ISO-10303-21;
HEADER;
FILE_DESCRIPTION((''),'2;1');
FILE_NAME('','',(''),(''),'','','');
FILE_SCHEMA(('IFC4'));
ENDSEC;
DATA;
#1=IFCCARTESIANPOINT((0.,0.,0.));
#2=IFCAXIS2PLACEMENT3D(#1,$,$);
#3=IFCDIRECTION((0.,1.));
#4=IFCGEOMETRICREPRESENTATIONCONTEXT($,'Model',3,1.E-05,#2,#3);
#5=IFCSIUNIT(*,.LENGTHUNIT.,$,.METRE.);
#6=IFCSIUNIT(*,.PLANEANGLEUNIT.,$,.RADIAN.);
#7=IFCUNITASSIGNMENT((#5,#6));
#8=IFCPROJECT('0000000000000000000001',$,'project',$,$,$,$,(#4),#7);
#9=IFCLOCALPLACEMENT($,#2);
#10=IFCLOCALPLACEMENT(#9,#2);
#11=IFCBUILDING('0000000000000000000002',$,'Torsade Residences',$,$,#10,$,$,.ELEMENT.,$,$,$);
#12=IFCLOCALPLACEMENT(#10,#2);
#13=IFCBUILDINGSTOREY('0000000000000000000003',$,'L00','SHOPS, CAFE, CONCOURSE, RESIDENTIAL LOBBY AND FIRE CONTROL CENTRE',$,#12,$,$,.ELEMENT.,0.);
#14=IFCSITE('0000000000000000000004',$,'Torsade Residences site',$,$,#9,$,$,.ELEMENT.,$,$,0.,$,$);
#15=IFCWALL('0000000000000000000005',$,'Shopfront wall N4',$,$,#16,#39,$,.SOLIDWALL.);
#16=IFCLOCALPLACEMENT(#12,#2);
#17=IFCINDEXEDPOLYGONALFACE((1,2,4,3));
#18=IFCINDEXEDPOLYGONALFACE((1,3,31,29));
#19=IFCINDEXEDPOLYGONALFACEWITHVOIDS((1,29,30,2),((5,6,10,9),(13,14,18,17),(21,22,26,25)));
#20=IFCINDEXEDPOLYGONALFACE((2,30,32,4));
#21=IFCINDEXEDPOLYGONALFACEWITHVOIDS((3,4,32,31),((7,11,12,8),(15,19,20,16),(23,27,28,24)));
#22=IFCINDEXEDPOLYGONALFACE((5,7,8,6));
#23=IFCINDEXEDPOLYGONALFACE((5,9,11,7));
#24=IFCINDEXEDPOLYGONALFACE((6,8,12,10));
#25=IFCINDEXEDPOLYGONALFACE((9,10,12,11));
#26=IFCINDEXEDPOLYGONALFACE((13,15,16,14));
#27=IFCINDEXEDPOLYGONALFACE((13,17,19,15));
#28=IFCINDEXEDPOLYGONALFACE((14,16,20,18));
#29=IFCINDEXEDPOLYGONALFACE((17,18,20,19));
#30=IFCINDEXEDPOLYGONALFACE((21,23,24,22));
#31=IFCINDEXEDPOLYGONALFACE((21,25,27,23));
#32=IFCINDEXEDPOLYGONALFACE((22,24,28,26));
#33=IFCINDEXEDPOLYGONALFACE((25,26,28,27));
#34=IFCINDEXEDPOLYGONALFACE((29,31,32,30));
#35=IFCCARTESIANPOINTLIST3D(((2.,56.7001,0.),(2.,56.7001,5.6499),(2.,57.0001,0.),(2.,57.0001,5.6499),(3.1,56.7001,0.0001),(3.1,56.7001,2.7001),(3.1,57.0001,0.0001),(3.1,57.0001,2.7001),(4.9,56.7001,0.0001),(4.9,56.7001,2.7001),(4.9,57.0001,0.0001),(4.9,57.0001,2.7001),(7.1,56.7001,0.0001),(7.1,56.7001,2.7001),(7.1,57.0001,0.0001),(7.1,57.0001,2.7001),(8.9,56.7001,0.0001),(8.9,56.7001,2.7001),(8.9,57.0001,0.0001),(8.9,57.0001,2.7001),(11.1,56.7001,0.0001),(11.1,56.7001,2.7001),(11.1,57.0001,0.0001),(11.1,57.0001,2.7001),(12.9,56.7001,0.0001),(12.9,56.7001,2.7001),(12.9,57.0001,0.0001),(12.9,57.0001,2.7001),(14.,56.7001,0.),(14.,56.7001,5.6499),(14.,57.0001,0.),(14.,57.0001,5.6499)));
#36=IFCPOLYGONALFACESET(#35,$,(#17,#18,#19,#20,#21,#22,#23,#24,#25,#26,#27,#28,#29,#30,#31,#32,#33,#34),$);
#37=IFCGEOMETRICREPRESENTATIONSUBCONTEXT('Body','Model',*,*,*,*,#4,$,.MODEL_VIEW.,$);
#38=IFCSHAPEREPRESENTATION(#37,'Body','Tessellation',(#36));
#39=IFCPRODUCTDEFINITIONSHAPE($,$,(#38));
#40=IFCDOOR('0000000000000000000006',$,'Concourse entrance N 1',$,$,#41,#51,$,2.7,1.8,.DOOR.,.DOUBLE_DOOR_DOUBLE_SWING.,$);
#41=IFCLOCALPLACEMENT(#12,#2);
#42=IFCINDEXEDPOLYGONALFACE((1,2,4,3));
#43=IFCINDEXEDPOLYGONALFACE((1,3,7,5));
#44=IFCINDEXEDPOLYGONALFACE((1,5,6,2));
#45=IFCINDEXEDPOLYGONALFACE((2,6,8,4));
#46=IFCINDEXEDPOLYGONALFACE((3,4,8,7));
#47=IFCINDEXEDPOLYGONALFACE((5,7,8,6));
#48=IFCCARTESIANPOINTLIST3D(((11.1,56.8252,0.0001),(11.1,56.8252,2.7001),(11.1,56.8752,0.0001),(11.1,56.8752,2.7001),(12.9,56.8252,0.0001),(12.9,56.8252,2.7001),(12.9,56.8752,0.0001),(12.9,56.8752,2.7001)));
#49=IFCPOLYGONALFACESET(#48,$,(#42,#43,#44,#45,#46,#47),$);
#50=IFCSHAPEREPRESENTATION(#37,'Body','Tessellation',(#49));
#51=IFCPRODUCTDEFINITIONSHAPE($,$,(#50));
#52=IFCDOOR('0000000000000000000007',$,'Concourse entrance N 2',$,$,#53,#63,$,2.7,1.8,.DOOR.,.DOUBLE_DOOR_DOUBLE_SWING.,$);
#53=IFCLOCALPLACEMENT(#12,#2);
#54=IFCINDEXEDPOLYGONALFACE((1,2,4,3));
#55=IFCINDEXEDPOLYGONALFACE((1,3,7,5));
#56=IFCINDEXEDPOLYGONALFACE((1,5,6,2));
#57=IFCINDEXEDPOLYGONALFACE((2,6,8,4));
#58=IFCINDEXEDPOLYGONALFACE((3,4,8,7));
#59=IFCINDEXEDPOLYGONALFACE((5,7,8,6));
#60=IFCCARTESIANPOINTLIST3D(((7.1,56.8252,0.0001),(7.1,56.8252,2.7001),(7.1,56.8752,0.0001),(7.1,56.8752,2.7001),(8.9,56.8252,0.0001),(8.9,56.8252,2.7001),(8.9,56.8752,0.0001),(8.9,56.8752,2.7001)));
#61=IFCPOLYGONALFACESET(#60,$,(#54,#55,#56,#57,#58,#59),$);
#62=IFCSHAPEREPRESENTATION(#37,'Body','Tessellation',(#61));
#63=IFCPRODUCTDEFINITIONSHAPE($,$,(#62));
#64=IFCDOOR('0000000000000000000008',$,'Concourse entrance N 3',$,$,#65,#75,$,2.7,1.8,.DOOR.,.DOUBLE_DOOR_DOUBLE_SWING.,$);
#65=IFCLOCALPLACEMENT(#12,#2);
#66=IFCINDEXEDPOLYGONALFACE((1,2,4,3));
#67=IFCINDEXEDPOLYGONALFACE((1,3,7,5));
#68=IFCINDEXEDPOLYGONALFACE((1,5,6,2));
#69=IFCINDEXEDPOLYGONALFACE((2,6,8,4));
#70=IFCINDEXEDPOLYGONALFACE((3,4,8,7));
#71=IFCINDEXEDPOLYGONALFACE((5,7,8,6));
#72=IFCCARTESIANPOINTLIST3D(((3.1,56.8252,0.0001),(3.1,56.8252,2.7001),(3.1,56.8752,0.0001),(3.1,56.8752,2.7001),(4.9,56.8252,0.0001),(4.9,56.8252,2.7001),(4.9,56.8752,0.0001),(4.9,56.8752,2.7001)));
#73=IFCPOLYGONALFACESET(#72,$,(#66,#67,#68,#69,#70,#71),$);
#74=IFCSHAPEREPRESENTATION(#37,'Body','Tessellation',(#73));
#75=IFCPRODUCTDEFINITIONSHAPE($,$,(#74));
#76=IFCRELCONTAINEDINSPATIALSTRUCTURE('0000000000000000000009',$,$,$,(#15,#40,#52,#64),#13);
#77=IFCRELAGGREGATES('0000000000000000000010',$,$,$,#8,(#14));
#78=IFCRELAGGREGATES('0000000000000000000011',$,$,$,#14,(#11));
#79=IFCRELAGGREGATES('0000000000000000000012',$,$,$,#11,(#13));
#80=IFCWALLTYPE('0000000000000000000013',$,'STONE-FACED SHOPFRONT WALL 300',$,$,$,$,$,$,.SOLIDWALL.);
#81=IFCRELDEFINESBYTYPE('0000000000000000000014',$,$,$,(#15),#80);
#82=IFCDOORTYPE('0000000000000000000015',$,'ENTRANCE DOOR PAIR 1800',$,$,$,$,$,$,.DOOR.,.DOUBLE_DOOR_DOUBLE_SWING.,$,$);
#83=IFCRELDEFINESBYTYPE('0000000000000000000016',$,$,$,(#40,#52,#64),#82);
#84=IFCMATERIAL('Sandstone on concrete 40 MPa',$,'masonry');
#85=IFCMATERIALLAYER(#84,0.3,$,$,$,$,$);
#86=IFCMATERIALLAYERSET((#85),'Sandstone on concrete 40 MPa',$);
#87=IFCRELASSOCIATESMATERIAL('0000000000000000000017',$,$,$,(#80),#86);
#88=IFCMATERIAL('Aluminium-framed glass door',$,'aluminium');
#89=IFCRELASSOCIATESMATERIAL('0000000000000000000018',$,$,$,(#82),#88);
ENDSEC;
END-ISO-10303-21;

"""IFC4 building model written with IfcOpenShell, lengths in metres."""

from ifc_helpers import new_model, si_unit, direction, frame, frame_2d, origin, place, context, subcontext, project, spatial, rectangle, extrude, material, layer, layer_set, type_object, element, fill, save


model = new_model("IFC4")

# Units and contexts
model_context = context("Model", 3, precision=1e-05, world=origin(), true_north=direction((0.0, 1.0)))
body_context = subcontext(model_context, "Body", "Model", "MODEL_VIEW")
ifc_project = project(units=[si_unit("LENGTHUNIT", "METRE"), si_unit("PLANEANGLEUNIT", "RADIAN")], contexts=[model_context])

# Site, building, storey
site_placement = place(None, origin())
site = spatial("IfcSite", under=ifc_project, at=site_placement, Name="Torsade Residences site", CompositionType="ELEMENT", RefElevation=0.0)
building_placement = place(site_placement, origin())
building = spatial("IfcBuilding", under=site, at=building_placement, Name="Torsade Residences", CompositionType="ELEMENT")
storey_placement = place(building_placement, origin())
storey = spatial("IfcBuildingStorey", under=building, at=storey_placement, Name="L00", Description="SHOPS, CAFE, CONCOURSE, RESIDENTIAL LOBBY AND FIRE CONTROL CENTRE", CompositionType="ELEMENT", Elevation=0.0)

# Wall, openings, doors
ifc_material_1 = material(Name="Sandstone on concrete 40 MPa", Category="masonry")
ifc_layer_1 = layer(ifc_material_1, 0.3)
ifc_layer_set_1 = layer_set([ifc_layer_1], Name="Sandstone on concrete 40 MPa")
wall_type_1 = type_object("IfcWallType", Name="STONE-FACED SHOPFRONT WALL 300", PredefinedType="SOLIDWALL", material=ifc_layer_set_1)
wall_1_placement = place(storey_placement, frame((14.0, 56.8501, 0.0), z_axis=(0.0, 0.0, 1.0), x_axis=(-1.0, 0.0, 0.0)))
wall_1 = element("IfcWall", 1, at=wall_1_placement, inside=storey, type_object=wall_type_1, Name="Shopfront wall N4", PredefinedType="SOLIDWALL", context=body_context, shape_type="SweptSolid", body=[
    extrude(rectangle(XDim=12.0, YDim=0.3, at=frame_2d((6.0, 0.0))), origin(), (0.0, 0.0, 1.0), 5.6499),
])
opening_1_placement = place(wall_1_placement, frame((1.1001, 0.0, 0.0)))
opening_1 = element("IfcOpeningElement", 2, at=opening_1_placement, cuts=wall_1, PredefinedType="OPENING", context=body_context, shape_type="SweptSolid", body=[
    extrude(rectangle(XDim=1.8, YDim=2.7, at=frame_2d((0.8999, 1.3501))), frame((0.0, 0.1599, 0.0), z_axis=(0.0, -1.0, 0.0), x_axis=(1.0, 0.0, 0.0)), (0.0, 0.0, 1.0), 0.3201),
])
opening_2_placement = place(wall_1_placement, frame((5.1001, 0.0, 0.0)))
opening_2 = element("IfcOpeningElement", 3, at=opening_2_placement, cuts=wall_1, PredefinedType="OPENING", context=body_context, shape_type="SweptSolid", body=[
    extrude(rectangle(XDim=1.8, YDim=2.7, at=frame_2d((0.8999, 1.3501))), frame((0.0, 0.1599, 0.0), z_axis=(0.0, -1.0, 0.0), x_axis=(1.0, 0.0, 0.0)), (0.0, 0.0, 1.0), 0.3201),
])
opening_3_placement = place(wall_1_placement, frame((9.1001, 0.0, 0.0)))
opening_3 = element("IfcOpeningElement", 4, at=opening_3_placement, cuts=wall_1, PredefinedType="OPENING", context=body_context, shape_type="SweptSolid", body=[
    extrude(rectangle(XDim=1.8, YDim=2.7, at=frame_2d((0.8999, 1.3501))), frame((0.0, 0.1599, 0.0), z_axis=(0.0, -1.0, 0.0), x_axis=(1.0, 0.0, 0.0)), (0.0, 0.0, 1.0), 0.3201),
])
ifc_material_2 = material(Name="Aluminium-framed glass door", Category="aluminium")
door_type_1 = type_object("IfcDoorType", Name="ENTRANCE DOOR PAIR 1800", OperationType="DOUBLE_DOOR_DOUBLE_SWING", PredefinedType="DOOR", material=ifc_material_2)
door_1_placement = place(opening_1_placement, origin())
door_1 = element("IfcDoor", 5, at=door_1_placement, inside=storey, type_object=door_type_1, Name="Concourse entrance N 1", OperationType="DOUBLE_DOOR_DOUBLE_SWING", OverallHeight=2.7, OverallWidth=1.8, PredefinedType="DOOR", context=body_context, shape_type="SweptSolid", body=[
    extrude(rectangle(XDim=1.8, YDim=2.7, at=frame_2d((0.8999, 1.3501))), frame((0.0, 0.0249, 0.0), z_axis=(0.0, -1.0, 0.0), x_axis=(1.0, 0.0, 0.0)), (0.0, 0.0, 1.0), 0.05),
])
fill(opening_1, door_1)
door_2_placement = place(opening_2_placement, origin())
door_2 = element("IfcDoor", 6, at=door_2_placement, inside=storey, type_object=door_type_1, Name="Concourse entrance N 2", OperationType="DOUBLE_DOOR_DOUBLE_SWING", OverallHeight=2.7, OverallWidth=1.8, PredefinedType="DOOR", context=body_context, shape_type="SweptSolid", body=[
    extrude(rectangle(XDim=1.8, YDim=2.7, at=frame_2d((0.8999, 1.3501))), frame((0.0, 0.0249, 0.0), z_axis=(0.0, -1.0, 0.0), x_axis=(1.0, 0.0, 0.0)), (0.0, 0.0, 1.0), 0.05),
])
fill(opening_2, door_2)
door_3_placement = place(opening_3_placement, origin())
door_3 = element("IfcDoor", 7, at=door_3_placement, inside=storey, type_object=door_type_1, Name="Concourse entrance N 3", OperationType="DOUBLE_DOOR_DOUBLE_SWING", OverallHeight=2.7, OverallWidth=1.8, PredefinedType="DOOR", context=body_context, shape_type="SweptSolid", body=[
    extrude(rectangle(XDim=1.8, YDim=2.7, at=frame_2d((0.8999, 1.3501))), frame((0.0, 0.0249, 0.0), z_axis=(0.0, -1.0, 0.0), x_axis=(1.0, 0.0, 0.0)), (0.0, 0.0, 1.0), 0.05),
])
fill(opening_3, door_3)

save(model, "model.ifc")
